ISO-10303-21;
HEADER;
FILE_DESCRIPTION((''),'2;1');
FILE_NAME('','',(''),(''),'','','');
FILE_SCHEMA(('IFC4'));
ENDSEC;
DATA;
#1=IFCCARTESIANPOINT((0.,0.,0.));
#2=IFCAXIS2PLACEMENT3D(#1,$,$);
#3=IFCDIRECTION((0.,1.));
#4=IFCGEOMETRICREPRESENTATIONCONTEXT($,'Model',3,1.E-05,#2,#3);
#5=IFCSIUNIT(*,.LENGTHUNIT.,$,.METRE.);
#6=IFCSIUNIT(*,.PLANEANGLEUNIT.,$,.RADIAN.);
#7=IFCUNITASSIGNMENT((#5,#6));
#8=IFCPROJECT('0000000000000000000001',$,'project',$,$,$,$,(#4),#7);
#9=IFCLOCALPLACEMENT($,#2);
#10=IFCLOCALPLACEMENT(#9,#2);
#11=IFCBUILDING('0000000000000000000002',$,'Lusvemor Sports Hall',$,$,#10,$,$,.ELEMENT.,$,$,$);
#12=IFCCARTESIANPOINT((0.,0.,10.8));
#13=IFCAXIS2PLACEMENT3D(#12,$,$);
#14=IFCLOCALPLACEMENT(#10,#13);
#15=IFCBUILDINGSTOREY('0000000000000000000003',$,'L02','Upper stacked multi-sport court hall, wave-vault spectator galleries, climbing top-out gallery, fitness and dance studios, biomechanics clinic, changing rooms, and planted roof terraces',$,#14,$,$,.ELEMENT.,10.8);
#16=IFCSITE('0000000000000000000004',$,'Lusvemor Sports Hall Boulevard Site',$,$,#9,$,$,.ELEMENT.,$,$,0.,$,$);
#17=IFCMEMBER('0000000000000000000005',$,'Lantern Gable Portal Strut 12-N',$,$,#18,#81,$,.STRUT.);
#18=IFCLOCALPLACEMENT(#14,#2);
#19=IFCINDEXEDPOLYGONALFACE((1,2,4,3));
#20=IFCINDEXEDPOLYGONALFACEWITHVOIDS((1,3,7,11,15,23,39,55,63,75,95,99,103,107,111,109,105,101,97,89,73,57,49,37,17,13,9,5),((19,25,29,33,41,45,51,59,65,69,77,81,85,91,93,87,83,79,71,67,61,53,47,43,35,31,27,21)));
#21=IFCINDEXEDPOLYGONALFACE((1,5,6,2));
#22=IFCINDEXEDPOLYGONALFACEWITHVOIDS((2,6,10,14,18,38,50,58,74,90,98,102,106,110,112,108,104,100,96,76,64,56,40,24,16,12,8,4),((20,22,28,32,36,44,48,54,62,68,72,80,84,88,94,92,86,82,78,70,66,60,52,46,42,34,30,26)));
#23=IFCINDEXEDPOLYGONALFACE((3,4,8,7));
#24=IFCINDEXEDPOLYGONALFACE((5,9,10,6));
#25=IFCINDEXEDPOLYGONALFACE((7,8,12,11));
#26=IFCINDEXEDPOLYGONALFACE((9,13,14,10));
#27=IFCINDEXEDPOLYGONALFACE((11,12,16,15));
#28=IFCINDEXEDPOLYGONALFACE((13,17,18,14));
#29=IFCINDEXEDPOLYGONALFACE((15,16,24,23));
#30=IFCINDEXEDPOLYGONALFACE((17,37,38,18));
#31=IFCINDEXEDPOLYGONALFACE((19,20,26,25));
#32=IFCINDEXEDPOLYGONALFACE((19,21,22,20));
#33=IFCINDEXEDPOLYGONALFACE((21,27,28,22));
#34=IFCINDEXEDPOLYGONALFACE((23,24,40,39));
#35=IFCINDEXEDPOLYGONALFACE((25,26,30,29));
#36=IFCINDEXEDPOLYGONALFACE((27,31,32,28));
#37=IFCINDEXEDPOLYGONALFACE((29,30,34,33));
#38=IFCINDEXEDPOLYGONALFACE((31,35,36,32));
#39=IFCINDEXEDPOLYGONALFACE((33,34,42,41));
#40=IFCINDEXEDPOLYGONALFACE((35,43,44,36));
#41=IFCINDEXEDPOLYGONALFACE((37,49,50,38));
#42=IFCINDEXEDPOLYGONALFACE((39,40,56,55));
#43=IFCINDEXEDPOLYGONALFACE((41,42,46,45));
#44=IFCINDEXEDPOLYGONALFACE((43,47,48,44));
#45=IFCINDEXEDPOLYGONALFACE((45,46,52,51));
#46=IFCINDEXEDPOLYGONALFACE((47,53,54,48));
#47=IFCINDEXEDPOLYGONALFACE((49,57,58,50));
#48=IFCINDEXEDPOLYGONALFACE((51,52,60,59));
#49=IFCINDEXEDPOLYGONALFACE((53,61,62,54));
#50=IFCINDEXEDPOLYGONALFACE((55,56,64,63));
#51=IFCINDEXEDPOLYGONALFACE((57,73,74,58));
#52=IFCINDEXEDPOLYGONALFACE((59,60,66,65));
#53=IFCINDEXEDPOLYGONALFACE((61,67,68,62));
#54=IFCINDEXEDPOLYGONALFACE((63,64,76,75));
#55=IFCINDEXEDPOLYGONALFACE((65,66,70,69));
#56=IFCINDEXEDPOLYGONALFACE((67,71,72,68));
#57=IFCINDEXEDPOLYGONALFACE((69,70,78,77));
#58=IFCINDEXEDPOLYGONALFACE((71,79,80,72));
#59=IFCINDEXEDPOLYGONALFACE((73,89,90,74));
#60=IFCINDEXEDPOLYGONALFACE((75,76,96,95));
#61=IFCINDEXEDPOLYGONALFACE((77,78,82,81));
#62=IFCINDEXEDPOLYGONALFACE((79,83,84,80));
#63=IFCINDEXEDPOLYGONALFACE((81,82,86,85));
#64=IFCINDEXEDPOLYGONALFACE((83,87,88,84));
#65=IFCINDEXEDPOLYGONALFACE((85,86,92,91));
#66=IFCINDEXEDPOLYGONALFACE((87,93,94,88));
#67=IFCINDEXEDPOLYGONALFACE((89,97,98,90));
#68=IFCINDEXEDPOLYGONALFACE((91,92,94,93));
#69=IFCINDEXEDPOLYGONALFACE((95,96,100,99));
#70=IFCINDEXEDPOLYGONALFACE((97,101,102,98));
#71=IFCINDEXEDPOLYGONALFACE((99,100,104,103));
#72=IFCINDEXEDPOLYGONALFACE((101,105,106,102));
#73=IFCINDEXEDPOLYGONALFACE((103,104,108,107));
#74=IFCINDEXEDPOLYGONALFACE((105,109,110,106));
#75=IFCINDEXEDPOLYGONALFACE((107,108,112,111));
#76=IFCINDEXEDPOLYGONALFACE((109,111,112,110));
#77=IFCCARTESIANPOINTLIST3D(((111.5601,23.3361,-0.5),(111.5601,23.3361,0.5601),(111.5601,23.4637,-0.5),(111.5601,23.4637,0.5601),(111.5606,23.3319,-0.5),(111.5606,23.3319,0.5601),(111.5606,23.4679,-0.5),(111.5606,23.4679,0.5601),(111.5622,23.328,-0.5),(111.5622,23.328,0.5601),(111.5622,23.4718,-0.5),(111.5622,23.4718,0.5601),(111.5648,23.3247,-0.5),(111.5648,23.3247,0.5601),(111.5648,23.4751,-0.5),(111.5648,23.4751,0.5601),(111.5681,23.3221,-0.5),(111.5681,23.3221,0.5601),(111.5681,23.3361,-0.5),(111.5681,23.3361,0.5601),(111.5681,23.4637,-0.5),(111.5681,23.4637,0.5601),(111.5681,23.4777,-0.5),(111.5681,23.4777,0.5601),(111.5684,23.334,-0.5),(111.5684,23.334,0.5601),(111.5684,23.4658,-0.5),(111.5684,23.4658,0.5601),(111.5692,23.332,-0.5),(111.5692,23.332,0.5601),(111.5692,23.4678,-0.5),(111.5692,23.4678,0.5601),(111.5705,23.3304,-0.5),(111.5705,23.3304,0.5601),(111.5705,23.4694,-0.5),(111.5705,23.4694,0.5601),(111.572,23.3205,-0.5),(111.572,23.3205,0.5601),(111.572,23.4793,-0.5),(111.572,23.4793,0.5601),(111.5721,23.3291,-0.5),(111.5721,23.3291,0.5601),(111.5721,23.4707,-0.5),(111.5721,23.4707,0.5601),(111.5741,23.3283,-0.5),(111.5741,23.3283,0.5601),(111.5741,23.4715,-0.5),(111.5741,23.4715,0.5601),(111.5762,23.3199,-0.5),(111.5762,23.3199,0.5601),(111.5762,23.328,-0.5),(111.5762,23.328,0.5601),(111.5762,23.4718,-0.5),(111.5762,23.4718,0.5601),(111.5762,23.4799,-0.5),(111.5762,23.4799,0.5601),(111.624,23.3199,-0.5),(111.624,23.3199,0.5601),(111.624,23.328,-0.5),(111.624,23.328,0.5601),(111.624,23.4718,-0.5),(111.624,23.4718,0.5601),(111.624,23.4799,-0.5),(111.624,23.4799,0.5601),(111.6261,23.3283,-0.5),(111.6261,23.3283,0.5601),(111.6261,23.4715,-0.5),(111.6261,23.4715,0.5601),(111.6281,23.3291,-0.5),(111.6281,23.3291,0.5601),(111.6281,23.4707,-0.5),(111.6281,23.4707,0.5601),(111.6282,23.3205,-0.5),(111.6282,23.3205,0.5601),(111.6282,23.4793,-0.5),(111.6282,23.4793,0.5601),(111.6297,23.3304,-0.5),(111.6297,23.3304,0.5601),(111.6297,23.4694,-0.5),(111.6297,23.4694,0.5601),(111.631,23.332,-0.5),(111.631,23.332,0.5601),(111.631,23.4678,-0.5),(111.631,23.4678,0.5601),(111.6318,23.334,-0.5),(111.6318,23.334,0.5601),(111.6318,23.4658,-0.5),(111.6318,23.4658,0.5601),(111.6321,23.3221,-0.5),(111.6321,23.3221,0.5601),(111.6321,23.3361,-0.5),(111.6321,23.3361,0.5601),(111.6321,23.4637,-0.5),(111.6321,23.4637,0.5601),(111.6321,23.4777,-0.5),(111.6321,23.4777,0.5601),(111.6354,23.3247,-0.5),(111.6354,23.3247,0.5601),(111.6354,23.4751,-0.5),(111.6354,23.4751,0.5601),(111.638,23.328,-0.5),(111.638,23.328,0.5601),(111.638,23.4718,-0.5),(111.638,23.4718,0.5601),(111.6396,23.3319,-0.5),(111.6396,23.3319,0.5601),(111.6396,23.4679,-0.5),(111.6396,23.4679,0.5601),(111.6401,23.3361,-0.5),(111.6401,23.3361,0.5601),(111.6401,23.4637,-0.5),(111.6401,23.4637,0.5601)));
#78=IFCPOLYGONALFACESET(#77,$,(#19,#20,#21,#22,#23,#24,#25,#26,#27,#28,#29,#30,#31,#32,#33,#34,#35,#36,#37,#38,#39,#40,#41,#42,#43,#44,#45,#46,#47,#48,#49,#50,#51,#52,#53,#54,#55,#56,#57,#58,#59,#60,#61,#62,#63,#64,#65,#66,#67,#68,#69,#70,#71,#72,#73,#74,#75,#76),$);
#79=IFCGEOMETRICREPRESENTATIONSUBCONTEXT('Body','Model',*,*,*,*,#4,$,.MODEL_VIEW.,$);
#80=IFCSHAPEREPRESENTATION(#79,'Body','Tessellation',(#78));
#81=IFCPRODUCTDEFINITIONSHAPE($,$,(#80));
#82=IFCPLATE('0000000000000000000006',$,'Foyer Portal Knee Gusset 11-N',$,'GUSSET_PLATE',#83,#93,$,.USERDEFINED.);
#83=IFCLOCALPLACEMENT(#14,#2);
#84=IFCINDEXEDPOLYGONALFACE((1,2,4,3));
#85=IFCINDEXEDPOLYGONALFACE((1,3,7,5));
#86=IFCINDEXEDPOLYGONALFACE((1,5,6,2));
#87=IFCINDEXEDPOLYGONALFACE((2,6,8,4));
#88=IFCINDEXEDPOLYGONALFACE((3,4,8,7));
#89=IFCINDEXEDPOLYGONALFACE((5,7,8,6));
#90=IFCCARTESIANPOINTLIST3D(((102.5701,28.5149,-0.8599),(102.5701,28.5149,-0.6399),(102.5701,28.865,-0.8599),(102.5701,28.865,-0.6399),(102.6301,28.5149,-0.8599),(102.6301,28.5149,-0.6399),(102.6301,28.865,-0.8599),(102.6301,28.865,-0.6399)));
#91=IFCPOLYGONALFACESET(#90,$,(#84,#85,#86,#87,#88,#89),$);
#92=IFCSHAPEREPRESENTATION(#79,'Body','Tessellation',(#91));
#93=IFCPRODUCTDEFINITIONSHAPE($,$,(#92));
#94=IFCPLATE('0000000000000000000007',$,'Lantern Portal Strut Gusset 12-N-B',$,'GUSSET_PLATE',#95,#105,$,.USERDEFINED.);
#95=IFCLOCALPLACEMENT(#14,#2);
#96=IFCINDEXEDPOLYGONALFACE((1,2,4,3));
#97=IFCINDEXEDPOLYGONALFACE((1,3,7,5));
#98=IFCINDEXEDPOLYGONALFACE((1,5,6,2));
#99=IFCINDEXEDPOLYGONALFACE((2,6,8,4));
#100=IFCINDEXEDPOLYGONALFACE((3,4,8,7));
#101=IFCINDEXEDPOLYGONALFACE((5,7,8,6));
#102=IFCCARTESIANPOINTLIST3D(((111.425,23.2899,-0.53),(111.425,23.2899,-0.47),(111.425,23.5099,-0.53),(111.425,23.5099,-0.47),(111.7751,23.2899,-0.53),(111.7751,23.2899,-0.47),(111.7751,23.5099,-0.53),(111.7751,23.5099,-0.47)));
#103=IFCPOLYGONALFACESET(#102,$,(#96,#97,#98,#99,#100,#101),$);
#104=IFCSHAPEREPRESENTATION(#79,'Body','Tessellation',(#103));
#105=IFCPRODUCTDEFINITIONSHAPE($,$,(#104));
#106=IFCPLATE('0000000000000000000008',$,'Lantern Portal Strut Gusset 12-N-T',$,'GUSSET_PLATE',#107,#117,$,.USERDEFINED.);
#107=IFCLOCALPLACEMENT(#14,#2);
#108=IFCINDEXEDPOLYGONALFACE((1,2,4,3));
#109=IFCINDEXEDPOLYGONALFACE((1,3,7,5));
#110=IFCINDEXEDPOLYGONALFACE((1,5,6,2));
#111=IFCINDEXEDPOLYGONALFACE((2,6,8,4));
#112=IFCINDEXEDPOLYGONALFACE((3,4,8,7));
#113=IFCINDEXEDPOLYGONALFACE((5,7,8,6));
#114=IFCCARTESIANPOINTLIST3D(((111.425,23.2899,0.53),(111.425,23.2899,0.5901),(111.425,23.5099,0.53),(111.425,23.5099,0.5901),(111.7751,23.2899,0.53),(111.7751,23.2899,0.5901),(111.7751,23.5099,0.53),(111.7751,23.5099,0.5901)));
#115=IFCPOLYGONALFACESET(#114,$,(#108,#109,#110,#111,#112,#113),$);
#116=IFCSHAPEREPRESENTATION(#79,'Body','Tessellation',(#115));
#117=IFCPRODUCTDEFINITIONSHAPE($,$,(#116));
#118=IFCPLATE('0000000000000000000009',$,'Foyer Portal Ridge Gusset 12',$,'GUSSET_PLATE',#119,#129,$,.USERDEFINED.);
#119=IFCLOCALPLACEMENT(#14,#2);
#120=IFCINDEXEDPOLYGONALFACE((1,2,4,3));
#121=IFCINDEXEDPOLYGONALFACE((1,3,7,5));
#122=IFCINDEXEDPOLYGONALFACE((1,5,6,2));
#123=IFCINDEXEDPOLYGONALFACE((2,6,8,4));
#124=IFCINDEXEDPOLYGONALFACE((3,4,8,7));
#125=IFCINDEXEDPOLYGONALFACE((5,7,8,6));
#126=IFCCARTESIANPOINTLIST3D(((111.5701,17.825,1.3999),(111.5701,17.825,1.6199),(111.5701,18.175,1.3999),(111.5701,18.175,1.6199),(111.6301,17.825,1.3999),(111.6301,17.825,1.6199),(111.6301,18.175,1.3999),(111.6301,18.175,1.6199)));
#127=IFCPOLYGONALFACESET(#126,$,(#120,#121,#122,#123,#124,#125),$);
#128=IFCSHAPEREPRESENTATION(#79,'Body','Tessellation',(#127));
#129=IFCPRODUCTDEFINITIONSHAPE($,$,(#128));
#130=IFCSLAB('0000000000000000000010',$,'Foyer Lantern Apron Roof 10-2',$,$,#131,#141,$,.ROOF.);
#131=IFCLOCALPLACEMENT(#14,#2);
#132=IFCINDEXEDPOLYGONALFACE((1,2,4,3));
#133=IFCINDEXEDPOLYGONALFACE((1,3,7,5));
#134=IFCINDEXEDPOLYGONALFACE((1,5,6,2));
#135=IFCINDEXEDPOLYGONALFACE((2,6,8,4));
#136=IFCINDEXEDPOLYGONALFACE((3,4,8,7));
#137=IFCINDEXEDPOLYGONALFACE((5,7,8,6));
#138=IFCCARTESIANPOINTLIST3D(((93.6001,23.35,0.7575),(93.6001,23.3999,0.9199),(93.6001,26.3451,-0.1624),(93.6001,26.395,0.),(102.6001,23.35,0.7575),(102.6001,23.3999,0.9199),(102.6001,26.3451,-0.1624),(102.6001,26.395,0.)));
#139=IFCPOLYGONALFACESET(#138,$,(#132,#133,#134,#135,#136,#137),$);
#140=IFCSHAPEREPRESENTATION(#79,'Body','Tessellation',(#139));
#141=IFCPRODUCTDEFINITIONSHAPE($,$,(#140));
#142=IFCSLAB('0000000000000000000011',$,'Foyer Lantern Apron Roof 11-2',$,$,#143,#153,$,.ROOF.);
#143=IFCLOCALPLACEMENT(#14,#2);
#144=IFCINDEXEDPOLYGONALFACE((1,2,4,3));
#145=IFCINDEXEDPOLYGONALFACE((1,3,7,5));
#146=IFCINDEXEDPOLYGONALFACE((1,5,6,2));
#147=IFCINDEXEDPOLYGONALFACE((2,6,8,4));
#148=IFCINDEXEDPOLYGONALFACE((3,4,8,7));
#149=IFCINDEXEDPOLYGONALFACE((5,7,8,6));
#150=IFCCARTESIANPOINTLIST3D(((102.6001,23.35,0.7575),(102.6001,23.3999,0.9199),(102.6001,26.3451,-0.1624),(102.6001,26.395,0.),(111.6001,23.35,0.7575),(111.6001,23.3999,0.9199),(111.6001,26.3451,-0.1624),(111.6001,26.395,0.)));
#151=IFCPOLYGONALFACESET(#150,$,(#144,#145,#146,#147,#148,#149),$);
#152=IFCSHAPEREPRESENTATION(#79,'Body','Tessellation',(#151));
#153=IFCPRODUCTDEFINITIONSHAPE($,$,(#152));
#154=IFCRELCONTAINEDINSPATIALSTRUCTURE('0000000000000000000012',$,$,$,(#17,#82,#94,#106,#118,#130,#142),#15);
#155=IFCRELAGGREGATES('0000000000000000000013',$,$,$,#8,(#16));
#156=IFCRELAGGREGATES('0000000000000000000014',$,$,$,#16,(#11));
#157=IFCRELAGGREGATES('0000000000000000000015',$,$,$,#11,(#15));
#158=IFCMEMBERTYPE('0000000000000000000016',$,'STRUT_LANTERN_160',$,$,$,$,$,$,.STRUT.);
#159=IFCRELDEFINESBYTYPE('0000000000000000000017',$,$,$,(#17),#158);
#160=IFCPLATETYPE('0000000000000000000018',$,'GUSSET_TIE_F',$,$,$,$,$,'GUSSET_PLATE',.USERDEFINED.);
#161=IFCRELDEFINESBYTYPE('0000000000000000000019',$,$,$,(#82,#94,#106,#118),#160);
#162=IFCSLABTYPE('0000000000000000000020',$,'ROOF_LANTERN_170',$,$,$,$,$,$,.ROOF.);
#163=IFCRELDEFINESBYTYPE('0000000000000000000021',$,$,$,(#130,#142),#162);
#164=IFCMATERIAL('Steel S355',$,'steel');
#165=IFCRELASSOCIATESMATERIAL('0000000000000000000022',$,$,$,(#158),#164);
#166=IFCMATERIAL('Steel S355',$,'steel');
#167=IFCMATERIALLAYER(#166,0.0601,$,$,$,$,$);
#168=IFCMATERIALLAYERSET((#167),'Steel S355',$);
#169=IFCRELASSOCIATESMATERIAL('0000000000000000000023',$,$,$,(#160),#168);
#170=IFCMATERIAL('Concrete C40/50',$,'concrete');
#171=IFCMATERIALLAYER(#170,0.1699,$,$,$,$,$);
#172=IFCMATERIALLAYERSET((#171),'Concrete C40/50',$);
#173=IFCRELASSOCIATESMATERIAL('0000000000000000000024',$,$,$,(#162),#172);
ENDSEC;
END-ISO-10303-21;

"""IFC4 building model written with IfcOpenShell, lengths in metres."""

from ifc_helpers import new_model, si_unit, direction, frame, origin, origin_2d, place, context, subcontext, project, spatial, polyline, rectangle, hollow_rectangle, outline, extrude, material, layer, layer_set, material_profile, profile_set, type_object, element, save


model = new_model("IFC4")

# Units and contexts
model_context = context("Model", 3, precision=1e-05, world=origin(), true_north=direction((0.0, 1.0)))
body_context = subcontext(model_context, "Body", "Model", "MODEL_VIEW")
ifc_project = project(units=[si_unit("LENGTHUNIT", "METRE"), si_unit("PLANEANGLEUNIT", "RADIAN")], contexts=[model_context])

# Site, building, storey
site_placement = place(None, origin())
site = spatial("IfcSite", under=ifc_project, at=site_placement, Name="Lusvemor Sports Hall Boulevard Site", CompositionType="ELEMENT", RefElevation=0.0)
building_placement = place(site_placement, origin())
building = spatial("IfcBuilding", under=site, at=building_placement, Name="Lusvemor Sports Hall", CompositionType="ELEMENT")
storey_placement = place(building_placement, frame((0.0, 0.0, 10.8)))
storey = spatial("IfcBuildingStorey", under=building, at=storey_placement, Name="L02", Description="Upper stacked multi-sport court hall, wave-vault spectator galleries, climbing top-out gallery, fitness and dance studios, biomechanics clinic, changing rooms, and planted roof terraces", CompositionType="ELEMENT", Elevation=10.8)

# Member
ifc_material_1 = material(Name="Steel S355", Category="steel")
ifc_material_profile_1 = material_profile(ifc_material_1, hollow_rectangle(XDim=0.0801, YDim=0.1599, WallThickness=0.0081, InnerFilletRadius=0.0081, OuterFilletRadius=0.0161, at=origin_2d()), Name="RHS160x80x8")
ifc_profile_set_1 = profile_set([ifc_material_profile_1], Name="Steel S355")
member_type_1 = type_object("IfcMemberType", Name="STRUT_LANTERN_160", PredefinedType="STRUT", material=ifc_profile_set_1)
member_1_placement = place(storey_placement, frame((111.6001, 23.3999, -0.5), z_axis=(0.0, 0.0, 1.0), x_axis=(1.0, 0.0, 0.0)))
element("IfcMember", 1, at=member_1_placement, inside=storey, type_object=member_type_1, Name="Lantern Gable Portal Strut 12-N", PredefinedType="STRUT", context=body_context, shape_type="SweptSolid", body=[
    extrude(hollow_rectangle(XDim=0.0801, YDim=0.1599, WallThickness=0.0081, InnerFilletRadius=0.0081, OuterFilletRadius=0.0161, at=origin_2d()), origin(), (0.0, 0.0, 1.0), 1.0601),
])

# Plates
ifc_material_2 = material(Name="Steel S355", Category="steel")
ifc_layer_1 = layer(ifc_material_2, 0.0601)
ifc_layer_set_1 = layer_set([ifc_layer_1], Name="Steel S355")
plate_type = type_object("IfcPlateType", Name="GUSSET_TIE_F", ElementType="GUSSET_PLATE", PredefinedType="USERDEFINED", material=ifc_layer_set_1)
plate_1_placement = place(storey_placement, frame((102.6001, 28.6899, -0.8599), z_axis=(0.0, 0.0, 1.0), x_axis=(1.0, 0.0, 0.0)))
element("IfcPlate", 2, at=plate_1_placement, inside=storey, type_object=plate_type, Name="Foyer Portal Knee Gusset 11-N", ObjectType="GUSSET_PLATE", PredefinedType="USERDEFINED", context=body_context, shape_type="SweptSolid", body=[
    extrude(rectangle(XDim=0.0601, YDim=0.3501, at=origin_2d()), origin(), (0.0, 0.0, 1.0), 0.22),
])
for number, where, z_axis, x_axis, name in (
    (3, (111.6001, 23.3999, -0.53), (0.0, 0.0, 1.0), (1.0, 0.0, 0.0), "Lantern Portal Strut Gusset 12-N-B"),
    (4, (111.6001, 23.3999, 0.53), (0.0, 0.0, 1.0), (1.0, 0.0, 0.0), "Lantern Portal Strut Gusset 12-N-T"),
):
    element("IfcPlate", number, at=place(storey_placement, frame(where, z_axis=z_axis, x_axis=x_axis)), inside=storey, type_object=plate_type, Name=name, ObjectType="GUSSET_PLATE", PredefinedType="USERDEFINED", context=body_context, shape_type="SweptSolid", body=[
        extrude(rectangle(XDim=0.3501, YDim=0.22, at=origin_2d()), origin(), (0.0, 0.0, 1.0), 0.0601),
    ])
plate_2_placement = place(storey_placement, frame((111.6001, 18.0, 1.3999), z_axis=(0.0, 0.0, 1.0), x_axis=(1.0, 0.0, 0.0)))
element("IfcPlate", 5, at=plate_2_placement, inside=storey, type_object=plate_type, Name="Foyer Portal Ridge Gusset 12", ObjectType="GUSSET_PLATE", PredefinedType="USERDEFINED", context=body_context, shape_type="SweptSolid", body=[
    extrude(rectangle(XDim=0.0601, YDim=0.3501, at=origin_2d()), origin(), (0.0, 0.0, 1.0), 0.22),
])

# Slabs
ifc_material_3 = material(Name="Concrete C40/50", Category="concrete")
ifc_layer_2 = layer(ifc_material_3, 0.1699)
ifc_layer_set_2 = layer_set([ifc_layer_2], Name="Concrete C40/50")
slab_type = type_object("IfcSlabType", Name="ROOF_LANTERN_170", PredefinedType="ROOF", material=ifc_layer_set_2)
for number, where, z_axis, x_axis, name in (
    (6, (93.6001, 23.3999, 0.9199), (0.0, 0.293604, 0.955927), (1.0, 0.0, 0.0), "Foyer Lantern Apron Roof 10-2"),
    (7, (102.6001, 23.3999, 0.9199), (0.0, 0.293604, 0.955927), (1.0, 0.0, 0.0), "Foyer Lantern Apron Roof 11-2"),
):
    element("IfcSlab", number, at=place(storey_placement, frame(where, z_axis=z_axis, x_axis=x_axis)), inside=storey, type_object=slab_type, Name=name, PredefinedType="ROOF", context=body_context, shape_type="SweptSolid", body=[
        extrude(outline(polyline([(0.0, 0.0), (9.0, 0.0), (9.0, 3.1332), (0.0, 3.1332), (0.0, 0.0)])), origin(), (0.0, 0.0, -1.0), 0.1699),
    ])

save(model, "model.ifc")
